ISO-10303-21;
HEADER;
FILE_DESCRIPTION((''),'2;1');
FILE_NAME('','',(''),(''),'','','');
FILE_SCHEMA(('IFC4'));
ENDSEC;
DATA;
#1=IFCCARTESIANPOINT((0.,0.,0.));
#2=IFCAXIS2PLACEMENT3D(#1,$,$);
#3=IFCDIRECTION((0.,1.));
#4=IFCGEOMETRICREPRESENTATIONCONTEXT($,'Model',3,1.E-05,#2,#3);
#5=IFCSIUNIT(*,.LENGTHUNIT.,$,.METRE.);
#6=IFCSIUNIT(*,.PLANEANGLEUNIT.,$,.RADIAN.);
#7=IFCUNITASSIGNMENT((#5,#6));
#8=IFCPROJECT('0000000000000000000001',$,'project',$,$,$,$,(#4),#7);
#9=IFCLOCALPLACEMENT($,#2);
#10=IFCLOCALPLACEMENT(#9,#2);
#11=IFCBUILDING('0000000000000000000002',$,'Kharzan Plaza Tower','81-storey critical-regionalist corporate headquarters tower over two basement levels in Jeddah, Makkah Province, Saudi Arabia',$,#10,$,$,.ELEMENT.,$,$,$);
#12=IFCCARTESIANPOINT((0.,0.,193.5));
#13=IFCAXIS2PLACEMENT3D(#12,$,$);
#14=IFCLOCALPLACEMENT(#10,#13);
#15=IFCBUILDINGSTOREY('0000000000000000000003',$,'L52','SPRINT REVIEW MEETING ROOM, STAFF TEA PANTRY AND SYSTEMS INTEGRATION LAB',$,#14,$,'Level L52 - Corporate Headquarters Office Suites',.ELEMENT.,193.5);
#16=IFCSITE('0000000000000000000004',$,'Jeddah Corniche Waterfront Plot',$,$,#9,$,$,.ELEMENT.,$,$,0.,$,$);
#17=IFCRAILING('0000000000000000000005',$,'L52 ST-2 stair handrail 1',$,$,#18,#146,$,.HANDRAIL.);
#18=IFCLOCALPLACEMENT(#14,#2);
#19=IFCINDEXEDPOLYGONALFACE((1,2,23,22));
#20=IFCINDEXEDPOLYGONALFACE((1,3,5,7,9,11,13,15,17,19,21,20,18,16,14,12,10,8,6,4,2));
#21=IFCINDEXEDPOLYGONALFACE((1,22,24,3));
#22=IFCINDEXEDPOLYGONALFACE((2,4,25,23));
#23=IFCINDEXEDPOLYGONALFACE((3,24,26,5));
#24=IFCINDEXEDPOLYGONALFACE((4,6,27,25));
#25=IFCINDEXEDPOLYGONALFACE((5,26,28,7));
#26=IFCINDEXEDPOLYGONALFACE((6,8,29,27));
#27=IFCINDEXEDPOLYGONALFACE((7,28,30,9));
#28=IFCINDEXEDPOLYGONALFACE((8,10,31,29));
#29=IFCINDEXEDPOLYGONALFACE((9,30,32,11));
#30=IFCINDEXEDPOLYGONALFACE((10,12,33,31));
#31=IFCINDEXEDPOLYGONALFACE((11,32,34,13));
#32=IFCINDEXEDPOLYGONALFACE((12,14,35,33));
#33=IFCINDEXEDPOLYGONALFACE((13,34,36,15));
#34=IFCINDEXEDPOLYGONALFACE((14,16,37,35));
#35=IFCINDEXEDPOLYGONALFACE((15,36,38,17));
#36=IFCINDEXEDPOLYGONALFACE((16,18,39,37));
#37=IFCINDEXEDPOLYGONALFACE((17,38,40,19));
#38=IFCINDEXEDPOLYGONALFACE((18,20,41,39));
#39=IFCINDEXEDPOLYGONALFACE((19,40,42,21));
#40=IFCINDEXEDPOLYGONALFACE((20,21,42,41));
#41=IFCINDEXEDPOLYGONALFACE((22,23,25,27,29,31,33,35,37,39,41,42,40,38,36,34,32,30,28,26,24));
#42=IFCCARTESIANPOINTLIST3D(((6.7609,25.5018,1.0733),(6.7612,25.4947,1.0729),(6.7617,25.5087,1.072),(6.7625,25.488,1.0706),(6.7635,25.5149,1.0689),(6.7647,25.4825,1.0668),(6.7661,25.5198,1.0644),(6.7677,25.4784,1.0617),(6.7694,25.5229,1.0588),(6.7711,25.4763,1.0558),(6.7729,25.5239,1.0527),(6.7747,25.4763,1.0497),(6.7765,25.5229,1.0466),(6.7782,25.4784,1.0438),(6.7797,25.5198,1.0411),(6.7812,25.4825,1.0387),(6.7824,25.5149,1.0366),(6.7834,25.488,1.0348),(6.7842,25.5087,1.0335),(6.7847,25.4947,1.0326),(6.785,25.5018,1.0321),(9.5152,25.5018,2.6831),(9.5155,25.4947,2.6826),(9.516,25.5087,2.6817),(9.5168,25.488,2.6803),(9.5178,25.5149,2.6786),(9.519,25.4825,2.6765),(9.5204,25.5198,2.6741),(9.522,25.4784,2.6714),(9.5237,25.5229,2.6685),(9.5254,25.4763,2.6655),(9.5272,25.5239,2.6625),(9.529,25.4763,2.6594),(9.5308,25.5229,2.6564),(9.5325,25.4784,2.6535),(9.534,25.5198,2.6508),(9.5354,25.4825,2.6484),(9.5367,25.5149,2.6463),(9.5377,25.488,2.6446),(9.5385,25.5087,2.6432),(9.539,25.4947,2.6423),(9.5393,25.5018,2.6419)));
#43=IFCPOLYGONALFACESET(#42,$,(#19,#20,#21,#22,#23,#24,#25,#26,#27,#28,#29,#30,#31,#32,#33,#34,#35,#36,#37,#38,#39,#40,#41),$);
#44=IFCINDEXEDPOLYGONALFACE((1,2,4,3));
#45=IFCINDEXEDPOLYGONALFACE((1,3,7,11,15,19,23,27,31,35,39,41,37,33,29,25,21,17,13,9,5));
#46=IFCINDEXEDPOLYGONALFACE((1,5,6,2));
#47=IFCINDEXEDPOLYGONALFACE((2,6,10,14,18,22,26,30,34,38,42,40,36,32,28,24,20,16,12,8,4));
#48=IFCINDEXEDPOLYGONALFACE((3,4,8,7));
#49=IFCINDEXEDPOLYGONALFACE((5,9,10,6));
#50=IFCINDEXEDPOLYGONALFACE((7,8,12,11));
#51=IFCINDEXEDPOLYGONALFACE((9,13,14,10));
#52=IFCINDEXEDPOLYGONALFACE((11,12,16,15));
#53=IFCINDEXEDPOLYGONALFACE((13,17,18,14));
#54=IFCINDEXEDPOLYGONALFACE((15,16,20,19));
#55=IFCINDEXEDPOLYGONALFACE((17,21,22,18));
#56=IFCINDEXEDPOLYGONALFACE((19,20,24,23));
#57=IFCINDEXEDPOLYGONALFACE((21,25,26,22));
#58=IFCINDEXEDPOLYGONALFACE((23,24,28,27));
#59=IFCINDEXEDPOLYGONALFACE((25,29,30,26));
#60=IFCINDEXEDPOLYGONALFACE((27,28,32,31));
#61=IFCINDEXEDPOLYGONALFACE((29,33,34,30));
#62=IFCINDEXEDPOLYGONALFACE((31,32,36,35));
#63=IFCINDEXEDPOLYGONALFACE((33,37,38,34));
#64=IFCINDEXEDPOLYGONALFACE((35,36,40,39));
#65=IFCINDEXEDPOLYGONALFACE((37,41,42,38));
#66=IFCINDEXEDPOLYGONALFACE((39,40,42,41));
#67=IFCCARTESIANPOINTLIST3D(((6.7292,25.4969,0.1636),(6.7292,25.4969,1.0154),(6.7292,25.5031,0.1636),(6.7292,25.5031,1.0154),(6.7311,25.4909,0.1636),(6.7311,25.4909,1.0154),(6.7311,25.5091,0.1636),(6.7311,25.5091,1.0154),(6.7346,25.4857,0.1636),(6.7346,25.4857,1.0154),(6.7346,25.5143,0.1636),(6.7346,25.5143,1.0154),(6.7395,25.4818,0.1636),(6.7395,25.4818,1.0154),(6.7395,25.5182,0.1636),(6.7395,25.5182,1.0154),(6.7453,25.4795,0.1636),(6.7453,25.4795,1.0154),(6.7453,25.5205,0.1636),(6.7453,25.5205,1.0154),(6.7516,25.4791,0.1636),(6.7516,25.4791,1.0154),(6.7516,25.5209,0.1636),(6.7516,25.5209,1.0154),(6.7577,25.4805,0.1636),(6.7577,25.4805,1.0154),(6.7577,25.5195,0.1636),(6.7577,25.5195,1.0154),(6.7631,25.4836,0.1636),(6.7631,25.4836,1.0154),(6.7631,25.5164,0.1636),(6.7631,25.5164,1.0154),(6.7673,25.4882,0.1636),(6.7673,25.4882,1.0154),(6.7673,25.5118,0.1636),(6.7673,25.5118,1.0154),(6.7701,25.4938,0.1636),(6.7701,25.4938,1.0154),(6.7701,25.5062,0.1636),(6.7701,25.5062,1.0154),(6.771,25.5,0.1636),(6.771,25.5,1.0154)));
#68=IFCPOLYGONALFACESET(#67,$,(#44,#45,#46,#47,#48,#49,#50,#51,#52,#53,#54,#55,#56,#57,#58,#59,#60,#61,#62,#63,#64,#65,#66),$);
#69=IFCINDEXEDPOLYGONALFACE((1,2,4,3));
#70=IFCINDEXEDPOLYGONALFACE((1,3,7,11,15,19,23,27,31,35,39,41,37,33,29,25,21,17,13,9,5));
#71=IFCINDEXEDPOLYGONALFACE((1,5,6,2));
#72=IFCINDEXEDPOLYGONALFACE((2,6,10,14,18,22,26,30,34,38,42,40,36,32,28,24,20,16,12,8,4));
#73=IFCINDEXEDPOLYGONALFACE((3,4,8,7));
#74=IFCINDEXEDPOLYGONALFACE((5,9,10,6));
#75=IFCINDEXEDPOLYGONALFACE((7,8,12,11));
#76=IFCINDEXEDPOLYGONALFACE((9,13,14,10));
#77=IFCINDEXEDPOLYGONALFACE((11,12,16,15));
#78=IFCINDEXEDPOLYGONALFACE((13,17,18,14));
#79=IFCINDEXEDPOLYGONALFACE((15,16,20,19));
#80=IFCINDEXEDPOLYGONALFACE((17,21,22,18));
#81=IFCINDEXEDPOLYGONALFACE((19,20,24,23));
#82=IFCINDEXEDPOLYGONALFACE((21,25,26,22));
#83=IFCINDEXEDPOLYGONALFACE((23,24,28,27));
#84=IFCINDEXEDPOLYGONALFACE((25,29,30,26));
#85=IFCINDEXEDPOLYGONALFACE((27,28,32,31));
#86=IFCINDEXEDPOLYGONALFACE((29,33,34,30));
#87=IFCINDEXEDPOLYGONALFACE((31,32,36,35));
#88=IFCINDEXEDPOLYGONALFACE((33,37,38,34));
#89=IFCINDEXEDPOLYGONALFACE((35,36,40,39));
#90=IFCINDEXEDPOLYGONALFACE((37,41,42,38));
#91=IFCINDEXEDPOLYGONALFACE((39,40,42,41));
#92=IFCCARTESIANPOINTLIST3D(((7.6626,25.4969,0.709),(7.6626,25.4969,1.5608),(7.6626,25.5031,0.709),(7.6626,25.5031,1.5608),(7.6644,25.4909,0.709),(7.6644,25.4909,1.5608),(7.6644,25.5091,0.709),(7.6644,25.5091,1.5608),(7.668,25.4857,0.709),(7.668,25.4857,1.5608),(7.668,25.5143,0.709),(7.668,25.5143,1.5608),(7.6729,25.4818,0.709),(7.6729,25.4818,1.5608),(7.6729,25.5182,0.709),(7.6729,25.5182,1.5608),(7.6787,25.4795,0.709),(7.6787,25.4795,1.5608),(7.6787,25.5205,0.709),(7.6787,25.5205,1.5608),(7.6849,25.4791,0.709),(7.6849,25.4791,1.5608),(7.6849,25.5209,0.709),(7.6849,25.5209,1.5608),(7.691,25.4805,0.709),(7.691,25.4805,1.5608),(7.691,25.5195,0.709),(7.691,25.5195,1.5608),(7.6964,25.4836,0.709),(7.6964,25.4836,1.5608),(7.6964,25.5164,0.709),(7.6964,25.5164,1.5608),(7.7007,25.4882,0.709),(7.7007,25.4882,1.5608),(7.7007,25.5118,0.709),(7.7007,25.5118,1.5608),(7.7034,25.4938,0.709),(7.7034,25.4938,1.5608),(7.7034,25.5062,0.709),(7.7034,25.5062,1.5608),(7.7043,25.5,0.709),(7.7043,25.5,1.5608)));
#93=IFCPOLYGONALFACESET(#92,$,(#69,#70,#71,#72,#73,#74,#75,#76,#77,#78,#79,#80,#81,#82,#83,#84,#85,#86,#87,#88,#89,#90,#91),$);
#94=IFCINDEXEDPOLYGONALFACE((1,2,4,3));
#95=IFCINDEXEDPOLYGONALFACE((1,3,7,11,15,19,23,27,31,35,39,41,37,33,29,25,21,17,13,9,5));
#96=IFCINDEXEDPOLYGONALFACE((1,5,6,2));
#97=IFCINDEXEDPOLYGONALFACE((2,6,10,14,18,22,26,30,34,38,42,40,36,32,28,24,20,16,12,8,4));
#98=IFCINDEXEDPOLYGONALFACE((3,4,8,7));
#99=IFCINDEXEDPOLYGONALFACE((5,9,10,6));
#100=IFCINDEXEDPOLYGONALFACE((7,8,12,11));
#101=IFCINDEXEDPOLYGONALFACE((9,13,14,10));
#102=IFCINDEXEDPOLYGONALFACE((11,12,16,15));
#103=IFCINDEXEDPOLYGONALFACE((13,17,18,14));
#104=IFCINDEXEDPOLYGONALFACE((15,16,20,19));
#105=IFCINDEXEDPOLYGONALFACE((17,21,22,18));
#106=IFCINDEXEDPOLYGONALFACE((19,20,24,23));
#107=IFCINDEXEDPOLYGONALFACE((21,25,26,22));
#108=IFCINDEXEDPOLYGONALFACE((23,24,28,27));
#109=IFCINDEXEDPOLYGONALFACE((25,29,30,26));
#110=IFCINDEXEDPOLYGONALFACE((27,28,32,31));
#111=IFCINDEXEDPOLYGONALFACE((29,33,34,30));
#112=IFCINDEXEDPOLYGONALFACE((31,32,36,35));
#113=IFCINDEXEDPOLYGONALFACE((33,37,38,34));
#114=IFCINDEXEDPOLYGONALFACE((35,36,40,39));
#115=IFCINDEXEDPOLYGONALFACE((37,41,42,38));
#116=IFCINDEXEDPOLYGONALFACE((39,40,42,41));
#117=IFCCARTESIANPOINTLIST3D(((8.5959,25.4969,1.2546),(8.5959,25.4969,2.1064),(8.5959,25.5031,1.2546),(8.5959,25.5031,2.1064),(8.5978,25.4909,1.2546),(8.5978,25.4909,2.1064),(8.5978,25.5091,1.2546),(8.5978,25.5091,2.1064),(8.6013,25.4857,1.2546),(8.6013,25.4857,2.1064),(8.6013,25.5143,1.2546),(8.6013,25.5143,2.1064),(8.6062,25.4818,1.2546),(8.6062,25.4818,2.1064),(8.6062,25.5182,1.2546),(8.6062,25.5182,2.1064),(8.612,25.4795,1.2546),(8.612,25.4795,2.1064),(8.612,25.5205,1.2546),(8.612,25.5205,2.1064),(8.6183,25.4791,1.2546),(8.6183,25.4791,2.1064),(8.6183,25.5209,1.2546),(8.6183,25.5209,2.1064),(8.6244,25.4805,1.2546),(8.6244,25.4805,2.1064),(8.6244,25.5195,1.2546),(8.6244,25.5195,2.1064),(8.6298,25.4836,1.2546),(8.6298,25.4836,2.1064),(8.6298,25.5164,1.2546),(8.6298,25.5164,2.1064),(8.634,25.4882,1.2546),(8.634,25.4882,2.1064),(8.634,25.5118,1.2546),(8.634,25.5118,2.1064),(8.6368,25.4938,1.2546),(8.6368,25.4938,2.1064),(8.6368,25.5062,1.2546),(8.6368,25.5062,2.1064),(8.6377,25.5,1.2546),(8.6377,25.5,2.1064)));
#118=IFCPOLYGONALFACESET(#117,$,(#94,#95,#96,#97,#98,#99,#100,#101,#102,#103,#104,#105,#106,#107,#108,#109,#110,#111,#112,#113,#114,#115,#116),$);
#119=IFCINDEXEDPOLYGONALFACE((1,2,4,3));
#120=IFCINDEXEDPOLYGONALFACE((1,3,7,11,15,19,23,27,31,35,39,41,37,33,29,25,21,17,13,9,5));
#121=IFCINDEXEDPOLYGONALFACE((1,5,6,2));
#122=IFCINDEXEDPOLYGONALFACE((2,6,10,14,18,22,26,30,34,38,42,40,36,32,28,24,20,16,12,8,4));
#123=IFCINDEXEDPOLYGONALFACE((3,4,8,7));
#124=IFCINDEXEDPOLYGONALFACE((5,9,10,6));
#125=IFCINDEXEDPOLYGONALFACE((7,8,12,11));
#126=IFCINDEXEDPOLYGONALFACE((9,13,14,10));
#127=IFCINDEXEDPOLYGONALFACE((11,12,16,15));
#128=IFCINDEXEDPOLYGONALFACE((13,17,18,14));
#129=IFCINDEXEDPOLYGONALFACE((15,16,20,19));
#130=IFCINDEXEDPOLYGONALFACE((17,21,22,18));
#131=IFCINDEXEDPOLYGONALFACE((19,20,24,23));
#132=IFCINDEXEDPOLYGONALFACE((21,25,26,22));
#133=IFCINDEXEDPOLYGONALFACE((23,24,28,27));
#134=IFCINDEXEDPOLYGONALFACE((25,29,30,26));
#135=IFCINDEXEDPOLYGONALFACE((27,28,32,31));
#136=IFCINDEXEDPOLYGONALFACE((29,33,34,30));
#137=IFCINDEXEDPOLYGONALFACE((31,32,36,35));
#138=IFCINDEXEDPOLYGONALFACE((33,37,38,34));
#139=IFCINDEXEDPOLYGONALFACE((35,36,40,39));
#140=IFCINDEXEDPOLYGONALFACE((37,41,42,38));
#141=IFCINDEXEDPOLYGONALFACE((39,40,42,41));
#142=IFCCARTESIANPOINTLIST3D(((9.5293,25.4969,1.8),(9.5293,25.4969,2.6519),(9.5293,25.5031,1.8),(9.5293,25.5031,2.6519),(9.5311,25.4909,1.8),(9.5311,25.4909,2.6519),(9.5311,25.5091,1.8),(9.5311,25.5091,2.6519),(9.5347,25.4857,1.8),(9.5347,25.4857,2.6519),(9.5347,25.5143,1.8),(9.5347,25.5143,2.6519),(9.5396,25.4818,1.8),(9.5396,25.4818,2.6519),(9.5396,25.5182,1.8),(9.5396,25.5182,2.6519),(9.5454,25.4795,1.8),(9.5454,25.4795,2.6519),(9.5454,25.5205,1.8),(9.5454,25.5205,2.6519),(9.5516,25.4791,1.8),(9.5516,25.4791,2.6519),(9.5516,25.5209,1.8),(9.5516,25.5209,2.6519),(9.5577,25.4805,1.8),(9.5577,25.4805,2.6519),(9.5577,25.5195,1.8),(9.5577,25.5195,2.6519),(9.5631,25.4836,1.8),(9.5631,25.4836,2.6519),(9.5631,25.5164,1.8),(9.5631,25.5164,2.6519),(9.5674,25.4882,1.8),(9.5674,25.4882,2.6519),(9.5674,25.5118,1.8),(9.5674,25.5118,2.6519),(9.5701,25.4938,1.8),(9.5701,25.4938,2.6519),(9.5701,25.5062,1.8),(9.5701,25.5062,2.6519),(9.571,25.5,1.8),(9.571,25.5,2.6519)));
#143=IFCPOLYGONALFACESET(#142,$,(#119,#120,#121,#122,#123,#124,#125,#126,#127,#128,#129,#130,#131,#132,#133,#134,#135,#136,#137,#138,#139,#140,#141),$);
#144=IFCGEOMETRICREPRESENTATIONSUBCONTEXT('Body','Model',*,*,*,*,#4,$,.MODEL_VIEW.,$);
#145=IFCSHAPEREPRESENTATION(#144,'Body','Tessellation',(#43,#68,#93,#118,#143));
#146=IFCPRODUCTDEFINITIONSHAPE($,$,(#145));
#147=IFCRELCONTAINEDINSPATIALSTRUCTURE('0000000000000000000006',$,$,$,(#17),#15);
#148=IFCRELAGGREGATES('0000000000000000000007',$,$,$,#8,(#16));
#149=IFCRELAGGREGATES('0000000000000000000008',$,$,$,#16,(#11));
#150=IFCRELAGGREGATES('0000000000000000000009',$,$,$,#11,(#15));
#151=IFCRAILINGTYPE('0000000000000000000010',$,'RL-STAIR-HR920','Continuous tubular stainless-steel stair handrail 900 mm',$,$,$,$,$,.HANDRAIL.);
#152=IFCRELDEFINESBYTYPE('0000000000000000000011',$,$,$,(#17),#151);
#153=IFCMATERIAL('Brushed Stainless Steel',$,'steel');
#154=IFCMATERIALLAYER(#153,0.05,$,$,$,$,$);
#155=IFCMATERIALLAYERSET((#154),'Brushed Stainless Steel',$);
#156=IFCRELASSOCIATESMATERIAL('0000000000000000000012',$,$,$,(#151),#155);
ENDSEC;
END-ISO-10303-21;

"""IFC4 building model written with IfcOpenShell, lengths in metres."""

from ifc_helpers import new_model, si_unit, direction, frame, origin, origin_2d, place, context, subcontext, project, spatial, circle, extrude, source, transform, mapped, material, layer, layer_set, type_object, element, save


model = new_model("IFC4")

# Units and contexts
model_context = context("Model", 3, precision=1e-05, world=origin(), true_north=direction((0.0, 1.0)))
body_context = subcontext(model_context, "Body", "Model", "MODEL_VIEW")
ifc_project = project(units=[si_unit("LENGTHUNIT", "METRE"), si_unit("PLANEANGLEUNIT", "RADIAN")], contexts=[model_context])

# Site, building, storey
site_placement = place(None, origin())
site = spatial("IfcSite", under=ifc_project, at=site_placement, Name="Jeddah Corniche Waterfront Plot", CompositionType="ELEMENT", RefElevation=0.0)
building_placement = place(site_placement, origin())
building = spatial("IfcBuilding", under=site, at=building_placement, Name="Kharzan Plaza Tower", Description="81-storey critical-regionalist corporate headquarters tower over two basement levels in Jeddah, Makkah Province, Saudi Arabia", CompositionType="ELEMENT")
storey_placement = place(building_placement, frame((0.0, 0.0, 193.5)))
storey = spatial("IfcBuildingStorey", under=building, at=storey_placement, Name="L52", Description="SPRINT REVIEW MEETING ROOM, STAFF TEA PANTRY AND SYSTEMS INTEGRATION LAB", LongName="Level L52 - Corporate Headquarters Office Suites", CompositionType="ELEMENT", Elevation=193.5)

# Shared definitions
ifc_material_1 = material(Name="Brushed Stainless Steel", Category="steel")

# Railing
ifc_layer_1 = layer(ifc_material_1, 0.05)
ifc_layer_set_1 = layer_set([ifc_layer_1], Name="Brushed Stainless Steel")
railing_type_1 = type_object("IfcRailingType", Name="RL-STAIR-HR920", Description="Continuous tubular stainless-steel stair handrail 900 mm", PredefinedType="HANDRAIL", material=ifc_layer_set_1)
shared_shape_1 = source(origin(), body_context, "Body", "SweptSolid", [
    extrude(circle(Radius=0.0239, at=origin_2d()), frame((0.0229, 0.0, 0.8892), z_axis=(0.863361, 0.0, 0.504587), x_axis=(0.0, 1.0, 0.0)), (0.0, 0.0, 1.0), 3.1902),
    extrude(circle(Radius=0.021, at=origin_2d()), origin(), (0.0, 0.0, 1.0), 0.8518),
    extrude(circle(Radius=0.021, at=origin_2d()), frame((0.9333, 0.0, 0.5454)), (0.0, 0.0, 1.0), 0.8518),
    extrude(circle(Radius=0.021, at=origin_2d()), frame((1.8667, 0.0, 1.0911)), (0.0, 0.0, 1.0), 0.8518),
    extrude(circle(Radius=0.021, at=origin_2d()), frame((2.8, 0.0, 1.6365)), (0.0, 0.0, 1.0), 0.8518),
])
railing_1_placement = place(storey_placement, frame((6.75, 25.5, 0.1636)))
element("IfcRailing", 1, at=railing_1_placement, inside=storey, type_object=railing_type_1, Name="L52 ST-2 stair handrail 1", PredefinedType="HANDRAIL", context=body_context, shape_type="MappedRepresentation", body=[
    mapped(shared_shape_1, transform((0.0, 0.0, 0.0), x_axis=(1.0, 0.0, 0.0), y_axis=(0.0, 1.0, 0.0), z_axis=(0.0, 0.0, 1.0))),
])

save(model, "model.ifc")
